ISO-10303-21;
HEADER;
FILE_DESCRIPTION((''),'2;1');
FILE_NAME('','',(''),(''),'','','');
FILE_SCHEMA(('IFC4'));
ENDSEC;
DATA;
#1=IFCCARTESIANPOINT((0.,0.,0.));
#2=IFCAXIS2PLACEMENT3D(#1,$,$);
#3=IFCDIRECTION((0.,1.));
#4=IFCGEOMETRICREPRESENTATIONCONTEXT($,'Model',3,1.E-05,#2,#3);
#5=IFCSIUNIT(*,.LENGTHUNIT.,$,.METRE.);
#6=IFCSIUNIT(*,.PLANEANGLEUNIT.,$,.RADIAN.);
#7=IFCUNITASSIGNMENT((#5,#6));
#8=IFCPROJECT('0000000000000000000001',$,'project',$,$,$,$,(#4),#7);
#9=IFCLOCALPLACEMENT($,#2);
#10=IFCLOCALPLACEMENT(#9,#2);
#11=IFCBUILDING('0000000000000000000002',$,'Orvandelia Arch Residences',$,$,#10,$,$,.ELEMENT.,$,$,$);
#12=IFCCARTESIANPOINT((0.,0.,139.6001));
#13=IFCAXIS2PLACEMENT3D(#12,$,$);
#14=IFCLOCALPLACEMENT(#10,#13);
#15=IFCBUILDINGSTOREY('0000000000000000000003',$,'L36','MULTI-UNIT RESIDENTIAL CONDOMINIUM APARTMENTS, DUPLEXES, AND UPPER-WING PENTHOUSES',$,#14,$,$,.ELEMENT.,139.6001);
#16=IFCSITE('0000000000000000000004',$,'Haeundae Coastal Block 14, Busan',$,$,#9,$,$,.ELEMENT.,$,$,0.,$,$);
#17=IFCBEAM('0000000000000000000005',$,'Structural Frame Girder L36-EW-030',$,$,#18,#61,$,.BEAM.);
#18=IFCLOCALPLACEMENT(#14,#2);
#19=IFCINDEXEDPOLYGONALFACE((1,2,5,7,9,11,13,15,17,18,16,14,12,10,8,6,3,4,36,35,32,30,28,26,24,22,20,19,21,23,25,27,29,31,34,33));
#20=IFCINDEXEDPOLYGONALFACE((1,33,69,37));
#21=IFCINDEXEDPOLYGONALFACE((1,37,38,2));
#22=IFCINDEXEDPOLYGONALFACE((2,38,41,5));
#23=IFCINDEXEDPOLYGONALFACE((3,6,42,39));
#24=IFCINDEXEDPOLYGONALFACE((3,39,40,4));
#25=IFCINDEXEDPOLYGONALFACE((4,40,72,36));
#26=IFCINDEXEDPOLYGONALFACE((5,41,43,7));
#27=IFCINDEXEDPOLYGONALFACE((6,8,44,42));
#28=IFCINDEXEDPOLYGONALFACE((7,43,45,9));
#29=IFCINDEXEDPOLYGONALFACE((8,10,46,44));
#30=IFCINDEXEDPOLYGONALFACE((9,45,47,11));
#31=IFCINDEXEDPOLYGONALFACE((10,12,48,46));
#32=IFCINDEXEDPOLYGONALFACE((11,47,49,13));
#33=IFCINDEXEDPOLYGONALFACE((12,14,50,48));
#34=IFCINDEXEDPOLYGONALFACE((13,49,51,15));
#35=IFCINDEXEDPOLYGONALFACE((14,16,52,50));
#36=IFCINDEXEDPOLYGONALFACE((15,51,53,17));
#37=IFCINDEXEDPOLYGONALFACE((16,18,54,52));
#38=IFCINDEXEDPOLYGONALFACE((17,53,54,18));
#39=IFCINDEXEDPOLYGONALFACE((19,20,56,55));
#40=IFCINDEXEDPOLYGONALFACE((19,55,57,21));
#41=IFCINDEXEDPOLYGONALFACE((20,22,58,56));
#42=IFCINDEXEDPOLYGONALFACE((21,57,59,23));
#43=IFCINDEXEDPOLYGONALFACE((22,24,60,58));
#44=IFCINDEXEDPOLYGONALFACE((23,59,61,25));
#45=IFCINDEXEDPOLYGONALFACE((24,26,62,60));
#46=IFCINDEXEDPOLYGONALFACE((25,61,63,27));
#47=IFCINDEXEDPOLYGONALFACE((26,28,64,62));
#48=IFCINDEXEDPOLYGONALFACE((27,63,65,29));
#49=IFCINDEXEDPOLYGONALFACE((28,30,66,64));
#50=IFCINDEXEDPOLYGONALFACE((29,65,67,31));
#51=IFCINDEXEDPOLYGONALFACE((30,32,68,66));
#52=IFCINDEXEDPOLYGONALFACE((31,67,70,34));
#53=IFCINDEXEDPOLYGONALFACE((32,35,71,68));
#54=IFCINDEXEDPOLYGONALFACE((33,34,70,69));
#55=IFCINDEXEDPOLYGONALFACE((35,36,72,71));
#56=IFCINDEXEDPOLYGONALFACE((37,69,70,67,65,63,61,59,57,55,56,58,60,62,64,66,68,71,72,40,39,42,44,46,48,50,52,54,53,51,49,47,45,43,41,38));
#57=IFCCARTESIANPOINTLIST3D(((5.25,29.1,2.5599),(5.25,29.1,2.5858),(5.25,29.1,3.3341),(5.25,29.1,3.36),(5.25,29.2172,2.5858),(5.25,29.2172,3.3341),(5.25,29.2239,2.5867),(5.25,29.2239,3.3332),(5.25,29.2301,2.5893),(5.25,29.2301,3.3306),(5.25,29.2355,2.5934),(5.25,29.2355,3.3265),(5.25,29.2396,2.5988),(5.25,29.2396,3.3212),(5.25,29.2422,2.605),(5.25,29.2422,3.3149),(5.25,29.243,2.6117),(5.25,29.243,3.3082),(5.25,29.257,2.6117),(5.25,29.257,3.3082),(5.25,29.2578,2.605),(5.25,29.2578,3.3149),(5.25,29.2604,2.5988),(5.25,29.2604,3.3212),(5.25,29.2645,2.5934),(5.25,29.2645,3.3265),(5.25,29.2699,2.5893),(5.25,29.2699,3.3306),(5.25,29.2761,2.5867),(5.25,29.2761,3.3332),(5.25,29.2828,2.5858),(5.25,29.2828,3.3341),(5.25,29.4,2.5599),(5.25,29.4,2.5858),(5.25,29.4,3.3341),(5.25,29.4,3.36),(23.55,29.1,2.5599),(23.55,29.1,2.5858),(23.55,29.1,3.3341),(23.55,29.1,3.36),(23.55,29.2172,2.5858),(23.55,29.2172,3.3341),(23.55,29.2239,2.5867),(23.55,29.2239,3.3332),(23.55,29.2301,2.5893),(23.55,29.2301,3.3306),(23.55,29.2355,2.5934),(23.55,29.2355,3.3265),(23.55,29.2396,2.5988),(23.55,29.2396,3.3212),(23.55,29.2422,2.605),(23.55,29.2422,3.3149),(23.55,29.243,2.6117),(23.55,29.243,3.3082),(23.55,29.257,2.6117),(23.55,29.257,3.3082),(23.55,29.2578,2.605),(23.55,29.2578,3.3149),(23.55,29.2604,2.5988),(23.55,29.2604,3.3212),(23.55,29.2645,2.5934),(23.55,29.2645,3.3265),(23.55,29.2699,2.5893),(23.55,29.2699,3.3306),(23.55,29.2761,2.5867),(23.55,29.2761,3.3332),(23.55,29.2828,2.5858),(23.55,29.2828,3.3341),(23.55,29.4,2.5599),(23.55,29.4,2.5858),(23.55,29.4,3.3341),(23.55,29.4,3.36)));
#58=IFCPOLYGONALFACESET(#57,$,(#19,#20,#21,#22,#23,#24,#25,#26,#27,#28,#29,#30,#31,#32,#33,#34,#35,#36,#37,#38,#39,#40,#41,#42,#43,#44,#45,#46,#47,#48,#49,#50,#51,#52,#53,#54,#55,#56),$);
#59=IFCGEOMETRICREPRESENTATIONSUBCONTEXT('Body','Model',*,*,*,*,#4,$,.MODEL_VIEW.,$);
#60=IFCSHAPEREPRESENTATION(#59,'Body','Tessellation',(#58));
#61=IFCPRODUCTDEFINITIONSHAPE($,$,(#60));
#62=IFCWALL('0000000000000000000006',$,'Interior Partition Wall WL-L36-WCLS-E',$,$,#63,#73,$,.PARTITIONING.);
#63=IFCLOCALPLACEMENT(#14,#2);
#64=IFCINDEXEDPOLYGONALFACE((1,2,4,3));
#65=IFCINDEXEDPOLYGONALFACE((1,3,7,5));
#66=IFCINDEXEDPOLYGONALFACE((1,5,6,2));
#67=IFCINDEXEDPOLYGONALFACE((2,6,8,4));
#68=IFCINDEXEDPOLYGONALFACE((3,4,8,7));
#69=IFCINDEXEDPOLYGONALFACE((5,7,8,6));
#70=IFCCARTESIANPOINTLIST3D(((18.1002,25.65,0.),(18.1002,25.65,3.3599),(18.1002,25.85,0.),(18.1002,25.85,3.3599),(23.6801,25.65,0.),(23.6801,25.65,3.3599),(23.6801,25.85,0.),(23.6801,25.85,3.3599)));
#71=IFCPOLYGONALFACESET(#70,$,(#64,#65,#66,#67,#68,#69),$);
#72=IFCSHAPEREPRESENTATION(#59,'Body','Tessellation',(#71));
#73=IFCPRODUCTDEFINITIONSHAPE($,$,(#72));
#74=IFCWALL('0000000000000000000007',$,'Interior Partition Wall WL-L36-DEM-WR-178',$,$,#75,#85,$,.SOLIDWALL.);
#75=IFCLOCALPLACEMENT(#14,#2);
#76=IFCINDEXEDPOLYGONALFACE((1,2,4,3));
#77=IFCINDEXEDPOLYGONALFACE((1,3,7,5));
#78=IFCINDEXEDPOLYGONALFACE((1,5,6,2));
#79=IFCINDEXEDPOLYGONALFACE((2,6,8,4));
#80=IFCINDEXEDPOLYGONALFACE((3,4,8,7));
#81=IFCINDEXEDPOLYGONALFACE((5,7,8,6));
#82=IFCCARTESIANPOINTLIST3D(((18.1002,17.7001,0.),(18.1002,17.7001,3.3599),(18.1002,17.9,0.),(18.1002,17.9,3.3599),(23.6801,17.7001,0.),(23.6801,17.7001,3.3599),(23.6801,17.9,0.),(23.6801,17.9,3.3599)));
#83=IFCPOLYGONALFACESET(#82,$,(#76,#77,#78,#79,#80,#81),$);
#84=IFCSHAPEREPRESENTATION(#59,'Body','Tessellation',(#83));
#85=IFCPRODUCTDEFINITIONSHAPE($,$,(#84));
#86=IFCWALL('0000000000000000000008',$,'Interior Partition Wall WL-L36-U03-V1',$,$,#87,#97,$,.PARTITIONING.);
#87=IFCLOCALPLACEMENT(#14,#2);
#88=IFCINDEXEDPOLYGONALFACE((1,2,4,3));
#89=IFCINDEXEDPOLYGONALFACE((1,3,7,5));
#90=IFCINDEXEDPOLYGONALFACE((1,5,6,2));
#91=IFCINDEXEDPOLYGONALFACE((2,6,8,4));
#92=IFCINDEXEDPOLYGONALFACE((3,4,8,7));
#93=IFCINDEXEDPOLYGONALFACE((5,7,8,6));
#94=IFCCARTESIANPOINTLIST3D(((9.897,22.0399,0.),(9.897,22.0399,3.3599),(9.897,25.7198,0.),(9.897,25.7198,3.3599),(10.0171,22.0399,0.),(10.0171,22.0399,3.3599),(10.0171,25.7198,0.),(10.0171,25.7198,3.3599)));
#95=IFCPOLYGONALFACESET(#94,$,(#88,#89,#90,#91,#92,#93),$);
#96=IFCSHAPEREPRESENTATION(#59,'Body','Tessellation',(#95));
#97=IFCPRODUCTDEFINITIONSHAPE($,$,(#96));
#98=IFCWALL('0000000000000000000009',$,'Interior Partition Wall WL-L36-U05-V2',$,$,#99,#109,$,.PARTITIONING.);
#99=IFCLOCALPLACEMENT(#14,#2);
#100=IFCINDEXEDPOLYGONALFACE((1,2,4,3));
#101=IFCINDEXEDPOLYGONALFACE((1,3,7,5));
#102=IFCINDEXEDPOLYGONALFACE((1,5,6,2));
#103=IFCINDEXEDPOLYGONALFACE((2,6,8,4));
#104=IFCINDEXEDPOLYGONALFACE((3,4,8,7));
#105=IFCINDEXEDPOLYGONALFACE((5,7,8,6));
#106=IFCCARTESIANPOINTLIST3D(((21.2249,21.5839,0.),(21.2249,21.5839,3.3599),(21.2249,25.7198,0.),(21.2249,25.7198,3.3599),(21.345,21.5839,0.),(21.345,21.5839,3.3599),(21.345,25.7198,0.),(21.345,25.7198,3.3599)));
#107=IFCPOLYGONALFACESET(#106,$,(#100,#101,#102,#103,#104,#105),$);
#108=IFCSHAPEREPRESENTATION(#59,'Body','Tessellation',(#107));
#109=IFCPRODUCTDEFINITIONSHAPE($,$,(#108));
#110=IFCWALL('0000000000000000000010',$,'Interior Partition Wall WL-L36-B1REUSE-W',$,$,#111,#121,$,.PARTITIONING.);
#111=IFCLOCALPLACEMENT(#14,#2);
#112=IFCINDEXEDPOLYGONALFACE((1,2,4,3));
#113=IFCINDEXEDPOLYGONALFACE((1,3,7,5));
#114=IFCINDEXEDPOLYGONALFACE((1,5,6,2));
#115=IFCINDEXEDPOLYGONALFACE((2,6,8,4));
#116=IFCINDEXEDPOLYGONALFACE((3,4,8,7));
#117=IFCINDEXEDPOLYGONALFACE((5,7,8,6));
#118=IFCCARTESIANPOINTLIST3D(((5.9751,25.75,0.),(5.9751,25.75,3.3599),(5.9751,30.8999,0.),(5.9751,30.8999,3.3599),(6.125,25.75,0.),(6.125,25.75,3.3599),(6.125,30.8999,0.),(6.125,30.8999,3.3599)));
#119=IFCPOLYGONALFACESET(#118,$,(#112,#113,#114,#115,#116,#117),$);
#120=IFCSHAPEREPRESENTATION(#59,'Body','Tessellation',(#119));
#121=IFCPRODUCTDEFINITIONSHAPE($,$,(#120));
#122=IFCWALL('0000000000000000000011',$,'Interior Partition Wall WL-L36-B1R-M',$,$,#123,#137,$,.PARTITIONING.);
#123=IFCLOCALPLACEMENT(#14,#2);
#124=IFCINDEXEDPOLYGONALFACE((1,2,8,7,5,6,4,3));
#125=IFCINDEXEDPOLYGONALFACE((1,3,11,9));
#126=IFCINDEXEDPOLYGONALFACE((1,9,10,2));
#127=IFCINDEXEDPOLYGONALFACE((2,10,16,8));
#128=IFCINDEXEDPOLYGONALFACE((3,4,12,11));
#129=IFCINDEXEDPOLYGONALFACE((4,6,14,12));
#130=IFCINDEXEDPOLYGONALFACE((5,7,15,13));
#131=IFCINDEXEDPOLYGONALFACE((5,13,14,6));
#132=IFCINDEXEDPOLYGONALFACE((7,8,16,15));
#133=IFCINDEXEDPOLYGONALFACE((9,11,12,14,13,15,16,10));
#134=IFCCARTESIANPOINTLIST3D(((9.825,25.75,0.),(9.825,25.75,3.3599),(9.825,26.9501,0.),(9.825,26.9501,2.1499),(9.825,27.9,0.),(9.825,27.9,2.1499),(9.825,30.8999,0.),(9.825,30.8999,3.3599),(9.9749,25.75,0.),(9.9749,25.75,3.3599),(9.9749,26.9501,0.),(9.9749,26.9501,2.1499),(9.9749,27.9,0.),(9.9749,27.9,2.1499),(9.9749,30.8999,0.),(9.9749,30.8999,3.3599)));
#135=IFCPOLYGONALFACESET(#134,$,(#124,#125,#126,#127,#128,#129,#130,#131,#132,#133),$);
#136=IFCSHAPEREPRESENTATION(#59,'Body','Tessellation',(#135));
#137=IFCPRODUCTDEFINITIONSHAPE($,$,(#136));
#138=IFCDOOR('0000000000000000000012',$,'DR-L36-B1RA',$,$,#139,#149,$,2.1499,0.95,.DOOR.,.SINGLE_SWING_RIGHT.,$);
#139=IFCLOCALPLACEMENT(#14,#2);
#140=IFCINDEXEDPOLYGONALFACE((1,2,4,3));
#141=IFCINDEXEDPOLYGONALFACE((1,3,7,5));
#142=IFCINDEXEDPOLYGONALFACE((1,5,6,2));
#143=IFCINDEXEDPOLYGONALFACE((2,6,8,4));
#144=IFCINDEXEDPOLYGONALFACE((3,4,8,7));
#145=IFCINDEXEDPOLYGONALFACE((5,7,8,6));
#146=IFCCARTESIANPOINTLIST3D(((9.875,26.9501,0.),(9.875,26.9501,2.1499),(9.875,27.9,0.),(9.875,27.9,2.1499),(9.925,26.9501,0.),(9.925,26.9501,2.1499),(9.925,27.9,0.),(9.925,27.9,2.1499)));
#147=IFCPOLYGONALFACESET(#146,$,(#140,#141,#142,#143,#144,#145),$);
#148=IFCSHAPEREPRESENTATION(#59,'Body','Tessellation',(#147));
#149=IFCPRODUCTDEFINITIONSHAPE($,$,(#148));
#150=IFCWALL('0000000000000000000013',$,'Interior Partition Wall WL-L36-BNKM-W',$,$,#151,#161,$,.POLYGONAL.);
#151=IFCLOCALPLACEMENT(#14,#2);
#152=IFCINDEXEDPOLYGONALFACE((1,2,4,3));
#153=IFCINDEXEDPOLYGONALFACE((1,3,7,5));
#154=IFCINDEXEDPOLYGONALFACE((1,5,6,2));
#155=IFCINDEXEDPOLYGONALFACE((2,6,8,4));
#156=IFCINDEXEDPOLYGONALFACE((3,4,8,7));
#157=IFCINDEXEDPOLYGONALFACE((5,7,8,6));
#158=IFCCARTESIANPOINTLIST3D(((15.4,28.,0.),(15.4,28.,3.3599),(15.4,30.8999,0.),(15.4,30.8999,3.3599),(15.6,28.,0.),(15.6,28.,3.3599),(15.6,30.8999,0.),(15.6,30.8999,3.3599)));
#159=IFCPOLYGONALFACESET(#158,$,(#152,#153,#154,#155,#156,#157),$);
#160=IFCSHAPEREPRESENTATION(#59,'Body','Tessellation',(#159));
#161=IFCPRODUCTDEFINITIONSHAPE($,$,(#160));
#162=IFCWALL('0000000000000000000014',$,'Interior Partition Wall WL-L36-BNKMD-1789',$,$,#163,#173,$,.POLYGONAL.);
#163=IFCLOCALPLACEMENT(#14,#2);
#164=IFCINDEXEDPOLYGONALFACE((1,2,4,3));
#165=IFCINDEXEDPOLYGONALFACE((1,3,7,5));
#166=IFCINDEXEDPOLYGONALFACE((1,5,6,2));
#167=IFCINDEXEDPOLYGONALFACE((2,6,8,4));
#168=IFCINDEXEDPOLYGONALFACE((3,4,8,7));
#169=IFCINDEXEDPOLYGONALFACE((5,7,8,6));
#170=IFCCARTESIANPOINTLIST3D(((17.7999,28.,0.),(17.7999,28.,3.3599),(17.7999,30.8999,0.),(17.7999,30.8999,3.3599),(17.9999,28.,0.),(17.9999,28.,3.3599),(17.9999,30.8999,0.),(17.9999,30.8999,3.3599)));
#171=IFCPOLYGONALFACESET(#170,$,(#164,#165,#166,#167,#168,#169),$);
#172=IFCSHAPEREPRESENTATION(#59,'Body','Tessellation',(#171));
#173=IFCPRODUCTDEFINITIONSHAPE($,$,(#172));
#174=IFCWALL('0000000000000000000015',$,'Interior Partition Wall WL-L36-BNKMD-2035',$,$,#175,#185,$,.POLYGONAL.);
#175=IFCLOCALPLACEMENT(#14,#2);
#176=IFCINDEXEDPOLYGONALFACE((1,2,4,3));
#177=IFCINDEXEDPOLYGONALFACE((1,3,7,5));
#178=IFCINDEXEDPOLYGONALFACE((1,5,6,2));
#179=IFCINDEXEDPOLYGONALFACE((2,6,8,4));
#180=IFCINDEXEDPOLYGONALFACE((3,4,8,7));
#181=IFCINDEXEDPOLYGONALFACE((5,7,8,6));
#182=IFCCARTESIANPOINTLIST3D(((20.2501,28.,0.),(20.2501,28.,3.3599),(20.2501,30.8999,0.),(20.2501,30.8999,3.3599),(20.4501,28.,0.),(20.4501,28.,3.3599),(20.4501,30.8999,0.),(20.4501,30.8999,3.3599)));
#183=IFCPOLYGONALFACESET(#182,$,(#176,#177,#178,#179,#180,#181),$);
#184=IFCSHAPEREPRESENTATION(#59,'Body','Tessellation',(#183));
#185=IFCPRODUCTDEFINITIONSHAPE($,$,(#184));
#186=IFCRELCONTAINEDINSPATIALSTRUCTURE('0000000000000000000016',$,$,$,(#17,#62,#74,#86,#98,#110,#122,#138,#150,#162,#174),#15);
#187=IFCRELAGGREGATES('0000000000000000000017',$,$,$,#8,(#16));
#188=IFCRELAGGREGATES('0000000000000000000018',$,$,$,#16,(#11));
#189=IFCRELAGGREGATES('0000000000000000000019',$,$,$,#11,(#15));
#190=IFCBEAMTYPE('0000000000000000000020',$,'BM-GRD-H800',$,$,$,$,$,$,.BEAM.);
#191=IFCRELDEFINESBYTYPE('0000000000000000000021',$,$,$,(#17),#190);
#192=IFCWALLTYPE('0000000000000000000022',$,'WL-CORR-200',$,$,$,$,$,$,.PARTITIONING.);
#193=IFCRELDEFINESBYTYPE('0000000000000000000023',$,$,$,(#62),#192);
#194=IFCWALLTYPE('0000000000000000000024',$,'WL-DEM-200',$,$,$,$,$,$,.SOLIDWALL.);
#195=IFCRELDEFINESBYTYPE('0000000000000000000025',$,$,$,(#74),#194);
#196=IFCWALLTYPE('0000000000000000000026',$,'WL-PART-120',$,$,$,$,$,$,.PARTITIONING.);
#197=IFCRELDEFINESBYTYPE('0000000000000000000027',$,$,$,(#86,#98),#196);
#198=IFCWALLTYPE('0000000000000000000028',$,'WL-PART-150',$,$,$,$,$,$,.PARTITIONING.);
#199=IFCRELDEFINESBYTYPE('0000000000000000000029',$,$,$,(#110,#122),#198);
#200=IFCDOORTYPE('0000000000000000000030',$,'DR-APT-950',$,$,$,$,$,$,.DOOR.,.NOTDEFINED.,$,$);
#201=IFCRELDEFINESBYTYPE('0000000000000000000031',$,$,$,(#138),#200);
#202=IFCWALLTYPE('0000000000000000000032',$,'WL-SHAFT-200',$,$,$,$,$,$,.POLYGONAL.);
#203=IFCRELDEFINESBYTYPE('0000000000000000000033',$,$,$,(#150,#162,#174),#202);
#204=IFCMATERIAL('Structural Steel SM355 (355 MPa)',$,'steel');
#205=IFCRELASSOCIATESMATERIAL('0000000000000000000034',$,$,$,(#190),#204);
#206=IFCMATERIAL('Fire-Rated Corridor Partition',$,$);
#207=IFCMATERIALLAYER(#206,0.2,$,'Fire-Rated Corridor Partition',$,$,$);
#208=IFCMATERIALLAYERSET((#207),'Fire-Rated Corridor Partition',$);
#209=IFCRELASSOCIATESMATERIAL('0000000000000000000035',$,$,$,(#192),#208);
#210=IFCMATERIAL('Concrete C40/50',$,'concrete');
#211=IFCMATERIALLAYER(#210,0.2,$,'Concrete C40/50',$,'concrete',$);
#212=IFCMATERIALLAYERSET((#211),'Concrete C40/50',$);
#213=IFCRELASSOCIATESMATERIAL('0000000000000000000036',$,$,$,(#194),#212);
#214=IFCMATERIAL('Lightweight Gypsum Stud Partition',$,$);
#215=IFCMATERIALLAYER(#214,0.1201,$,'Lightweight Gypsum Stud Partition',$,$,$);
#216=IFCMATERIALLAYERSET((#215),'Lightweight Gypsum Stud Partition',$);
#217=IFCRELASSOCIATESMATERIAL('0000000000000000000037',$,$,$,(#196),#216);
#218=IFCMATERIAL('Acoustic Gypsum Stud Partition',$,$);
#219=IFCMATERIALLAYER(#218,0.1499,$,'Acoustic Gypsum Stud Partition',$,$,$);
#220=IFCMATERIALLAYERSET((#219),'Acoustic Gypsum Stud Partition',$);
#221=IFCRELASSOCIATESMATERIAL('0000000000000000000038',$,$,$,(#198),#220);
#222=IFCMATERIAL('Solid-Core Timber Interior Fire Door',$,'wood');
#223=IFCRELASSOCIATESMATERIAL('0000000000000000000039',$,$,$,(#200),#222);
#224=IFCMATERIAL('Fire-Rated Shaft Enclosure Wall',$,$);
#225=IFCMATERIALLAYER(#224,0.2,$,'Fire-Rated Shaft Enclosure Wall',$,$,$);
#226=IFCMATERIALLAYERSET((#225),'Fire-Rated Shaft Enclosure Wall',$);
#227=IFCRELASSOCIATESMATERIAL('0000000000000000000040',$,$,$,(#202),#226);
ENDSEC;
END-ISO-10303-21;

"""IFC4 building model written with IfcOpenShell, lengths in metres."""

from ifc_helpers import new_model, si_unit, direction, frame, frame_2d, origin, origin_2d, place, context, subcontext, project, spatial, rectangle, i_section, extrude, material, layer, layer_set, material_profile, profile_set, type_object, element, fill, save


model = new_model("IFC4")

# Units and contexts
model_context = context("Model", 3, precision=1e-05, world=origin(), true_north=direction((0.0, 1.0)))
body_context = subcontext(model_context, "Body", "Model", "MODEL_VIEW")
ifc_project = project(units=[si_unit("LENGTHUNIT", "METRE"), si_unit("PLANEANGLEUNIT", "RADIAN")], contexts=[model_context])

# Site, building, storey
site_placement = place(None, origin())
site = spatial("IfcSite", under=ifc_project, at=site_placement, Name="Haeundae Coastal Block 14, Busan", CompositionType="ELEMENT", RefElevation=0.0)
building_placement = place(site_placement, origin())
building = spatial("IfcBuilding", under=site, at=building_placement, Name="Orvandelia Arch Residences", CompositionType="ELEMENT")
storey_placement = place(building_placement, frame((0.0, 0.0, 139.6001)))
storey = spatial("IfcBuildingStorey", under=building, at=storey_placement, Name="L36", Description="MULTI-UNIT RESIDENTIAL CONDOMINIUM APARTMENTS, DUPLEXES, AND UPPER-WING PENTHOUSES", CompositionType="ELEMENT", Elevation=139.6001)

# Beam
ifc_material_1 = material(Name="Structural Steel SM355 (355 MPa)", Category="steel")
ifc_material_profile = material_profile(ifc_material_1, i_section(OverallWidth=0.3, OverallDepth=0.8, WebThickness=0.0139, FlangeThickness=0.0259, FilletRadius=0.0259, at=origin_2d()), Name="Structural Steel SM355 (355 MPa)", Category="steel")
ifc_profile_set = profile_set([ifc_material_profile], Name="Structural Steel SM355 (355 MPa)")
beam_type = type_object("IfcBeamType", Name="BM-GRD-H800", PredefinedType="BEAM", material=ifc_profile_set)
beam_placement = place(storey_placement, frame((5.25, 29.25, 2.96), z_axis=(1.0, 0.0, 0.0), x_axis=(0.0, 1.0, 0.0)))
element("IfcBeam", 1, at=beam_placement, inside=storey, type_object=beam_type, Name="Structural Frame Girder L36-EW-030", PredefinedType="BEAM", context=body_context, shape_type="SweptSolid", body=[
    extrude(i_section(OverallWidth=0.3, OverallDepth=0.8, WebThickness=0.0139, FlangeThickness=0.0259, FilletRadius=0.0259, at=origin_2d()), origin(), (0.0, 0.0, 1.0), 18.3),
])

# Walls
ifc_material_2 = material(Name="Fire-Rated Corridor Partition")
ifc_layer_1 = layer(ifc_material_2, 0.2, Name="Fire-Rated Corridor Partition")
ifc_layer_set_1 = layer_set([ifc_layer_1], Name="Fire-Rated Corridor Partition")
wall_type_1 = type_object("IfcWallType", Name="WL-CORR-200", PredefinedType="PARTITIONING", material=ifc_layer_set_1)
wall_1_placement = place(storey_placement, frame((18.1001, 25.75, 0.0), z_axis=(0.0, 0.0, 1.0), x_axis=(1.0, 0.0, 0.0)))
element("IfcWall", 2, at=wall_1_placement, inside=storey, type_object=wall_type_1, Name="Interior Partition Wall WL-L36-WCLS-E", PredefinedType="PARTITIONING", context=body_context, shape_type="SweptSolid", body=[
    extrude(rectangle(XDim=5.5798, YDim=0.2, at=frame_2d((2.79, 0.0))), origin(), (0.0, 0.0, 1.0), 3.3599),
])
ifc_material_3 = material(Name="Concrete C40/50", Category="concrete")
ifc_layer_2 = layer(ifc_material_3, 0.2, Name="Concrete C40/50", Category="concrete")
ifc_layer_set_2 = layer_set([ifc_layer_2], Name="Concrete C40/50")
wall_type_2 = type_object("IfcWallType", Name="WL-DEM-200", PredefinedType="SOLIDWALL", material=ifc_layer_set_2)
wall_2_placement = place(storey_placement, frame((18.1001, 17.8, 0.0), z_axis=(0.0, 0.0, 1.0), x_axis=(1.0, 0.0, 0.0)))
element("IfcWall", 3, at=wall_2_placement, inside=storey, type_object=wall_type_2, Name="Interior Partition Wall WL-L36-DEM-WR-178", PredefinedType="SOLIDWALL", context=body_context, shape_type="SweptSolid", body=[
    extrude(rectangle(XDim=5.5798, YDim=0.2, at=frame_2d((2.79, 0.0))), origin(), (0.0, 0.0, 1.0), 3.3599),
])
ifc_material_4 = material(Name="Lightweight Gypsum Stud Partition")
ifc_layer_3 = layer(ifc_material_4, 0.1201, Name="Lightweight Gypsum Stud Partition")
ifc_layer_set_3 = layer_set([ifc_layer_3], Name="Lightweight Gypsum Stud Partition")
wall_type_3 = type_object("IfcWallType", Name="WL-PART-120", PredefinedType="PARTITIONING", material=ifc_layer_set_3)
wall_3_placement = place(storey_placement, frame((9.957, 22.04, 0.0), z_axis=(0.0, 0.0, 1.0), x_axis=(0.0, 1.0, 0.0)))
element("IfcWall", 4, at=wall_3_placement, inside=storey, type_object=wall_type_3, Name="Interior Partition Wall WL-L36-U03-V1", PredefinedType="PARTITIONING", context=body_context, shape_type="SweptSolid", body=[
    extrude(rectangle(XDim=3.6799, YDim=0.1201, at=frame_2d((1.8398, 0.0))), origin(), (0.0, 0.0, 1.0), 3.3599),
])
wall_4_placement = place(storey_placement, frame((21.2849, 21.584, 0.0), z_axis=(0.0, 0.0, 1.0), x_axis=(0.0, 1.0, 0.0)))
element("IfcWall", 5, at=wall_4_placement, inside=storey, type_object=wall_type_3, Name="Interior Partition Wall WL-L36-U05-V2", PredefinedType="PARTITIONING", context=body_context, shape_type="SweptSolid", body=[
    extrude(rectangle(XDim=4.136, YDim=0.1201, at=frame_2d((2.0679, 0.0))), origin(), (0.0, 0.0, 1.0), 3.3599),
])
ifc_material_5 = material(Name="Acoustic Gypsum Stud Partition")
ifc_layer_4 = layer(ifc_material_5, 0.1499, Name="Acoustic Gypsum Stud Partition")
ifc_layer_set_4 = layer_set([ifc_layer_4], Name="Acoustic Gypsum Stud Partition")
wall_type_4 = type_object("IfcWallType", Name="WL-PART-150", PredefinedType="PARTITIONING", material=ifc_layer_set_4)
wall_5_placement = place(storey_placement, frame((6.05, 25.75, 0.0), z_axis=(0.0, 0.0, 1.0), x_axis=(0.0, 1.0, 0.0)))
element("IfcWall", 6, at=wall_5_placement, inside=storey, type_object=wall_type_4, Name="Interior Partition Wall WL-L36-B1REUSE-W", PredefinedType="PARTITIONING", context=body_context, shape_type="SweptSolid", body=[
    extrude(rectangle(XDim=5.1499, YDim=0.1499, at=frame_2d((2.575, 0.0))), origin(), (0.0, 0.0, 1.0), 3.3599),
])

# Wall, opening, door
wall_6_placement = place(storey_placement, frame((9.8999, 25.75, 0.0), z_axis=(0.0, 0.0, 1.0), x_axis=(0.0, 1.0, 0.0)))
wall_6 = element("IfcWall", 7, at=wall_6_placement, inside=storey, type_object=wall_type_4, Name="Interior Partition Wall WL-L36-B1R-M", PredefinedType="PARTITIONING", context=body_context, shape_type="SweptSolid", body=[
    extrude(rectangle(XDim=5.1499, YDim=0.1499, at=frame_2d((2.575, 0.0))), origin(), (0.0, 0.0, 1.0), 3.3599),
])
opening_1_placement = place(wall_6_placement, frame((1.2, 0.0, 0.0)))
opening_1 = element("IfcOpeningElement", 8, at=opening_1_placement, cuts=wall_6, PredefinedType="OPENING", context=body_context, shape_type="SweptSolid", body=[
    extrude(rectangle(XDim=0.95, YDim=2.1499, at=frame_2d((0.4751, 1.075))), frame((0.0, 0.085, 0.0), z_axis=(0.0, -1.0, 0.0), x_axis=(1.0, 0.0, 0.0)), (0.0, 0.0, 1.0), 0.1699),
])
ifc_material_6 = material(Name="Solid-Core Timber Interior Fire Door", Category="wood")
door_type_1 = type_object("IfcDoorType", Name="DR-APT-950", OperationType="NOTDEFINED", PredefinedType="DOOR", material=ifc_material_6)
door_1_placement = place(opening_1_placement, origin())
door_1 = element("IfcDoor", 9, at=door_1_placement, inside=storey, type_object=door_type_1, Name="DR-L36-B1RA", OperationType="SINGLE_SWING_RIGHT", OverallHeight=2.1499, OverallWidth=0.95, PredefinedType="DOOR", context=body_context, shape_type="SweptSolid", body=[
    extrude(rectangle(XDim=0.95, YDim=2.1499, at=frame_2d((0.4751, 1.075))), frame((0.0, 0.0249, 0.0), z_axis=(0.0, -1.0, 0.0), x_axis=(1.0, 0.0, 0.0)), (0.0, 0.0, 1.0), 0.05),
])
fill(opening_1, door_1)
ifc_material_7 = material(Name="Fire-Rated Shaft Enclosure Wall")
ifc_layer_5 = layer(ifc_material_7, 0.2, Name="Fire-Rated Shaft Enclosure Wall")
ifc_layer_set_5 = layer_set([ifc_layer_5], Name="Fire-Rated Shaft Enclosure Wall")
wall_type_5 = type_object("IfcWallType", Name="WL-SHAFT-200", PredefinedType="POLYGONAL", material=ifc_layer_set_5)

# Walls
for number, where, z_axis, x_axis, name in (
    (10, (15.5, 28.0, 0.0), (0.0, 0.0, 1.0), (0.0, 1.0, 0.0), "Interior Partition Wall WL-L36-BNKM-W"),
    (11, (17.8999, 28.0, 0.0), (0.0, 0.0, 1.0), (0.0, 1.0, 0.0), "Interior Partition Wall WL-L36-BNKMD-1789"),
    (12, (20.3501, 28.0, 0.0), (0.0, 0.0, 1.0), (0.0, 1.0, 0.0), "Interior Partition Wall WL-L36-BNKMD-2035"),
):
    element("IfcWall", number, at=place(storey_placement, frame(where, z_axis=z_axis, x_axis=x_axis)), inside=storey, type_object=wall_type_5, Name=name, PredefinedType="POLYGONAL", context=body_context, shape_type="SweptSolid", body=[
        extrude(rectangle(XDim=2.8999, YDim=0.2, at=frame_2d((1.45, 0.0))), origin(), (0.0, 0.0, 1.0), 3.3599),
    ])

save(model, "model.ifc")
